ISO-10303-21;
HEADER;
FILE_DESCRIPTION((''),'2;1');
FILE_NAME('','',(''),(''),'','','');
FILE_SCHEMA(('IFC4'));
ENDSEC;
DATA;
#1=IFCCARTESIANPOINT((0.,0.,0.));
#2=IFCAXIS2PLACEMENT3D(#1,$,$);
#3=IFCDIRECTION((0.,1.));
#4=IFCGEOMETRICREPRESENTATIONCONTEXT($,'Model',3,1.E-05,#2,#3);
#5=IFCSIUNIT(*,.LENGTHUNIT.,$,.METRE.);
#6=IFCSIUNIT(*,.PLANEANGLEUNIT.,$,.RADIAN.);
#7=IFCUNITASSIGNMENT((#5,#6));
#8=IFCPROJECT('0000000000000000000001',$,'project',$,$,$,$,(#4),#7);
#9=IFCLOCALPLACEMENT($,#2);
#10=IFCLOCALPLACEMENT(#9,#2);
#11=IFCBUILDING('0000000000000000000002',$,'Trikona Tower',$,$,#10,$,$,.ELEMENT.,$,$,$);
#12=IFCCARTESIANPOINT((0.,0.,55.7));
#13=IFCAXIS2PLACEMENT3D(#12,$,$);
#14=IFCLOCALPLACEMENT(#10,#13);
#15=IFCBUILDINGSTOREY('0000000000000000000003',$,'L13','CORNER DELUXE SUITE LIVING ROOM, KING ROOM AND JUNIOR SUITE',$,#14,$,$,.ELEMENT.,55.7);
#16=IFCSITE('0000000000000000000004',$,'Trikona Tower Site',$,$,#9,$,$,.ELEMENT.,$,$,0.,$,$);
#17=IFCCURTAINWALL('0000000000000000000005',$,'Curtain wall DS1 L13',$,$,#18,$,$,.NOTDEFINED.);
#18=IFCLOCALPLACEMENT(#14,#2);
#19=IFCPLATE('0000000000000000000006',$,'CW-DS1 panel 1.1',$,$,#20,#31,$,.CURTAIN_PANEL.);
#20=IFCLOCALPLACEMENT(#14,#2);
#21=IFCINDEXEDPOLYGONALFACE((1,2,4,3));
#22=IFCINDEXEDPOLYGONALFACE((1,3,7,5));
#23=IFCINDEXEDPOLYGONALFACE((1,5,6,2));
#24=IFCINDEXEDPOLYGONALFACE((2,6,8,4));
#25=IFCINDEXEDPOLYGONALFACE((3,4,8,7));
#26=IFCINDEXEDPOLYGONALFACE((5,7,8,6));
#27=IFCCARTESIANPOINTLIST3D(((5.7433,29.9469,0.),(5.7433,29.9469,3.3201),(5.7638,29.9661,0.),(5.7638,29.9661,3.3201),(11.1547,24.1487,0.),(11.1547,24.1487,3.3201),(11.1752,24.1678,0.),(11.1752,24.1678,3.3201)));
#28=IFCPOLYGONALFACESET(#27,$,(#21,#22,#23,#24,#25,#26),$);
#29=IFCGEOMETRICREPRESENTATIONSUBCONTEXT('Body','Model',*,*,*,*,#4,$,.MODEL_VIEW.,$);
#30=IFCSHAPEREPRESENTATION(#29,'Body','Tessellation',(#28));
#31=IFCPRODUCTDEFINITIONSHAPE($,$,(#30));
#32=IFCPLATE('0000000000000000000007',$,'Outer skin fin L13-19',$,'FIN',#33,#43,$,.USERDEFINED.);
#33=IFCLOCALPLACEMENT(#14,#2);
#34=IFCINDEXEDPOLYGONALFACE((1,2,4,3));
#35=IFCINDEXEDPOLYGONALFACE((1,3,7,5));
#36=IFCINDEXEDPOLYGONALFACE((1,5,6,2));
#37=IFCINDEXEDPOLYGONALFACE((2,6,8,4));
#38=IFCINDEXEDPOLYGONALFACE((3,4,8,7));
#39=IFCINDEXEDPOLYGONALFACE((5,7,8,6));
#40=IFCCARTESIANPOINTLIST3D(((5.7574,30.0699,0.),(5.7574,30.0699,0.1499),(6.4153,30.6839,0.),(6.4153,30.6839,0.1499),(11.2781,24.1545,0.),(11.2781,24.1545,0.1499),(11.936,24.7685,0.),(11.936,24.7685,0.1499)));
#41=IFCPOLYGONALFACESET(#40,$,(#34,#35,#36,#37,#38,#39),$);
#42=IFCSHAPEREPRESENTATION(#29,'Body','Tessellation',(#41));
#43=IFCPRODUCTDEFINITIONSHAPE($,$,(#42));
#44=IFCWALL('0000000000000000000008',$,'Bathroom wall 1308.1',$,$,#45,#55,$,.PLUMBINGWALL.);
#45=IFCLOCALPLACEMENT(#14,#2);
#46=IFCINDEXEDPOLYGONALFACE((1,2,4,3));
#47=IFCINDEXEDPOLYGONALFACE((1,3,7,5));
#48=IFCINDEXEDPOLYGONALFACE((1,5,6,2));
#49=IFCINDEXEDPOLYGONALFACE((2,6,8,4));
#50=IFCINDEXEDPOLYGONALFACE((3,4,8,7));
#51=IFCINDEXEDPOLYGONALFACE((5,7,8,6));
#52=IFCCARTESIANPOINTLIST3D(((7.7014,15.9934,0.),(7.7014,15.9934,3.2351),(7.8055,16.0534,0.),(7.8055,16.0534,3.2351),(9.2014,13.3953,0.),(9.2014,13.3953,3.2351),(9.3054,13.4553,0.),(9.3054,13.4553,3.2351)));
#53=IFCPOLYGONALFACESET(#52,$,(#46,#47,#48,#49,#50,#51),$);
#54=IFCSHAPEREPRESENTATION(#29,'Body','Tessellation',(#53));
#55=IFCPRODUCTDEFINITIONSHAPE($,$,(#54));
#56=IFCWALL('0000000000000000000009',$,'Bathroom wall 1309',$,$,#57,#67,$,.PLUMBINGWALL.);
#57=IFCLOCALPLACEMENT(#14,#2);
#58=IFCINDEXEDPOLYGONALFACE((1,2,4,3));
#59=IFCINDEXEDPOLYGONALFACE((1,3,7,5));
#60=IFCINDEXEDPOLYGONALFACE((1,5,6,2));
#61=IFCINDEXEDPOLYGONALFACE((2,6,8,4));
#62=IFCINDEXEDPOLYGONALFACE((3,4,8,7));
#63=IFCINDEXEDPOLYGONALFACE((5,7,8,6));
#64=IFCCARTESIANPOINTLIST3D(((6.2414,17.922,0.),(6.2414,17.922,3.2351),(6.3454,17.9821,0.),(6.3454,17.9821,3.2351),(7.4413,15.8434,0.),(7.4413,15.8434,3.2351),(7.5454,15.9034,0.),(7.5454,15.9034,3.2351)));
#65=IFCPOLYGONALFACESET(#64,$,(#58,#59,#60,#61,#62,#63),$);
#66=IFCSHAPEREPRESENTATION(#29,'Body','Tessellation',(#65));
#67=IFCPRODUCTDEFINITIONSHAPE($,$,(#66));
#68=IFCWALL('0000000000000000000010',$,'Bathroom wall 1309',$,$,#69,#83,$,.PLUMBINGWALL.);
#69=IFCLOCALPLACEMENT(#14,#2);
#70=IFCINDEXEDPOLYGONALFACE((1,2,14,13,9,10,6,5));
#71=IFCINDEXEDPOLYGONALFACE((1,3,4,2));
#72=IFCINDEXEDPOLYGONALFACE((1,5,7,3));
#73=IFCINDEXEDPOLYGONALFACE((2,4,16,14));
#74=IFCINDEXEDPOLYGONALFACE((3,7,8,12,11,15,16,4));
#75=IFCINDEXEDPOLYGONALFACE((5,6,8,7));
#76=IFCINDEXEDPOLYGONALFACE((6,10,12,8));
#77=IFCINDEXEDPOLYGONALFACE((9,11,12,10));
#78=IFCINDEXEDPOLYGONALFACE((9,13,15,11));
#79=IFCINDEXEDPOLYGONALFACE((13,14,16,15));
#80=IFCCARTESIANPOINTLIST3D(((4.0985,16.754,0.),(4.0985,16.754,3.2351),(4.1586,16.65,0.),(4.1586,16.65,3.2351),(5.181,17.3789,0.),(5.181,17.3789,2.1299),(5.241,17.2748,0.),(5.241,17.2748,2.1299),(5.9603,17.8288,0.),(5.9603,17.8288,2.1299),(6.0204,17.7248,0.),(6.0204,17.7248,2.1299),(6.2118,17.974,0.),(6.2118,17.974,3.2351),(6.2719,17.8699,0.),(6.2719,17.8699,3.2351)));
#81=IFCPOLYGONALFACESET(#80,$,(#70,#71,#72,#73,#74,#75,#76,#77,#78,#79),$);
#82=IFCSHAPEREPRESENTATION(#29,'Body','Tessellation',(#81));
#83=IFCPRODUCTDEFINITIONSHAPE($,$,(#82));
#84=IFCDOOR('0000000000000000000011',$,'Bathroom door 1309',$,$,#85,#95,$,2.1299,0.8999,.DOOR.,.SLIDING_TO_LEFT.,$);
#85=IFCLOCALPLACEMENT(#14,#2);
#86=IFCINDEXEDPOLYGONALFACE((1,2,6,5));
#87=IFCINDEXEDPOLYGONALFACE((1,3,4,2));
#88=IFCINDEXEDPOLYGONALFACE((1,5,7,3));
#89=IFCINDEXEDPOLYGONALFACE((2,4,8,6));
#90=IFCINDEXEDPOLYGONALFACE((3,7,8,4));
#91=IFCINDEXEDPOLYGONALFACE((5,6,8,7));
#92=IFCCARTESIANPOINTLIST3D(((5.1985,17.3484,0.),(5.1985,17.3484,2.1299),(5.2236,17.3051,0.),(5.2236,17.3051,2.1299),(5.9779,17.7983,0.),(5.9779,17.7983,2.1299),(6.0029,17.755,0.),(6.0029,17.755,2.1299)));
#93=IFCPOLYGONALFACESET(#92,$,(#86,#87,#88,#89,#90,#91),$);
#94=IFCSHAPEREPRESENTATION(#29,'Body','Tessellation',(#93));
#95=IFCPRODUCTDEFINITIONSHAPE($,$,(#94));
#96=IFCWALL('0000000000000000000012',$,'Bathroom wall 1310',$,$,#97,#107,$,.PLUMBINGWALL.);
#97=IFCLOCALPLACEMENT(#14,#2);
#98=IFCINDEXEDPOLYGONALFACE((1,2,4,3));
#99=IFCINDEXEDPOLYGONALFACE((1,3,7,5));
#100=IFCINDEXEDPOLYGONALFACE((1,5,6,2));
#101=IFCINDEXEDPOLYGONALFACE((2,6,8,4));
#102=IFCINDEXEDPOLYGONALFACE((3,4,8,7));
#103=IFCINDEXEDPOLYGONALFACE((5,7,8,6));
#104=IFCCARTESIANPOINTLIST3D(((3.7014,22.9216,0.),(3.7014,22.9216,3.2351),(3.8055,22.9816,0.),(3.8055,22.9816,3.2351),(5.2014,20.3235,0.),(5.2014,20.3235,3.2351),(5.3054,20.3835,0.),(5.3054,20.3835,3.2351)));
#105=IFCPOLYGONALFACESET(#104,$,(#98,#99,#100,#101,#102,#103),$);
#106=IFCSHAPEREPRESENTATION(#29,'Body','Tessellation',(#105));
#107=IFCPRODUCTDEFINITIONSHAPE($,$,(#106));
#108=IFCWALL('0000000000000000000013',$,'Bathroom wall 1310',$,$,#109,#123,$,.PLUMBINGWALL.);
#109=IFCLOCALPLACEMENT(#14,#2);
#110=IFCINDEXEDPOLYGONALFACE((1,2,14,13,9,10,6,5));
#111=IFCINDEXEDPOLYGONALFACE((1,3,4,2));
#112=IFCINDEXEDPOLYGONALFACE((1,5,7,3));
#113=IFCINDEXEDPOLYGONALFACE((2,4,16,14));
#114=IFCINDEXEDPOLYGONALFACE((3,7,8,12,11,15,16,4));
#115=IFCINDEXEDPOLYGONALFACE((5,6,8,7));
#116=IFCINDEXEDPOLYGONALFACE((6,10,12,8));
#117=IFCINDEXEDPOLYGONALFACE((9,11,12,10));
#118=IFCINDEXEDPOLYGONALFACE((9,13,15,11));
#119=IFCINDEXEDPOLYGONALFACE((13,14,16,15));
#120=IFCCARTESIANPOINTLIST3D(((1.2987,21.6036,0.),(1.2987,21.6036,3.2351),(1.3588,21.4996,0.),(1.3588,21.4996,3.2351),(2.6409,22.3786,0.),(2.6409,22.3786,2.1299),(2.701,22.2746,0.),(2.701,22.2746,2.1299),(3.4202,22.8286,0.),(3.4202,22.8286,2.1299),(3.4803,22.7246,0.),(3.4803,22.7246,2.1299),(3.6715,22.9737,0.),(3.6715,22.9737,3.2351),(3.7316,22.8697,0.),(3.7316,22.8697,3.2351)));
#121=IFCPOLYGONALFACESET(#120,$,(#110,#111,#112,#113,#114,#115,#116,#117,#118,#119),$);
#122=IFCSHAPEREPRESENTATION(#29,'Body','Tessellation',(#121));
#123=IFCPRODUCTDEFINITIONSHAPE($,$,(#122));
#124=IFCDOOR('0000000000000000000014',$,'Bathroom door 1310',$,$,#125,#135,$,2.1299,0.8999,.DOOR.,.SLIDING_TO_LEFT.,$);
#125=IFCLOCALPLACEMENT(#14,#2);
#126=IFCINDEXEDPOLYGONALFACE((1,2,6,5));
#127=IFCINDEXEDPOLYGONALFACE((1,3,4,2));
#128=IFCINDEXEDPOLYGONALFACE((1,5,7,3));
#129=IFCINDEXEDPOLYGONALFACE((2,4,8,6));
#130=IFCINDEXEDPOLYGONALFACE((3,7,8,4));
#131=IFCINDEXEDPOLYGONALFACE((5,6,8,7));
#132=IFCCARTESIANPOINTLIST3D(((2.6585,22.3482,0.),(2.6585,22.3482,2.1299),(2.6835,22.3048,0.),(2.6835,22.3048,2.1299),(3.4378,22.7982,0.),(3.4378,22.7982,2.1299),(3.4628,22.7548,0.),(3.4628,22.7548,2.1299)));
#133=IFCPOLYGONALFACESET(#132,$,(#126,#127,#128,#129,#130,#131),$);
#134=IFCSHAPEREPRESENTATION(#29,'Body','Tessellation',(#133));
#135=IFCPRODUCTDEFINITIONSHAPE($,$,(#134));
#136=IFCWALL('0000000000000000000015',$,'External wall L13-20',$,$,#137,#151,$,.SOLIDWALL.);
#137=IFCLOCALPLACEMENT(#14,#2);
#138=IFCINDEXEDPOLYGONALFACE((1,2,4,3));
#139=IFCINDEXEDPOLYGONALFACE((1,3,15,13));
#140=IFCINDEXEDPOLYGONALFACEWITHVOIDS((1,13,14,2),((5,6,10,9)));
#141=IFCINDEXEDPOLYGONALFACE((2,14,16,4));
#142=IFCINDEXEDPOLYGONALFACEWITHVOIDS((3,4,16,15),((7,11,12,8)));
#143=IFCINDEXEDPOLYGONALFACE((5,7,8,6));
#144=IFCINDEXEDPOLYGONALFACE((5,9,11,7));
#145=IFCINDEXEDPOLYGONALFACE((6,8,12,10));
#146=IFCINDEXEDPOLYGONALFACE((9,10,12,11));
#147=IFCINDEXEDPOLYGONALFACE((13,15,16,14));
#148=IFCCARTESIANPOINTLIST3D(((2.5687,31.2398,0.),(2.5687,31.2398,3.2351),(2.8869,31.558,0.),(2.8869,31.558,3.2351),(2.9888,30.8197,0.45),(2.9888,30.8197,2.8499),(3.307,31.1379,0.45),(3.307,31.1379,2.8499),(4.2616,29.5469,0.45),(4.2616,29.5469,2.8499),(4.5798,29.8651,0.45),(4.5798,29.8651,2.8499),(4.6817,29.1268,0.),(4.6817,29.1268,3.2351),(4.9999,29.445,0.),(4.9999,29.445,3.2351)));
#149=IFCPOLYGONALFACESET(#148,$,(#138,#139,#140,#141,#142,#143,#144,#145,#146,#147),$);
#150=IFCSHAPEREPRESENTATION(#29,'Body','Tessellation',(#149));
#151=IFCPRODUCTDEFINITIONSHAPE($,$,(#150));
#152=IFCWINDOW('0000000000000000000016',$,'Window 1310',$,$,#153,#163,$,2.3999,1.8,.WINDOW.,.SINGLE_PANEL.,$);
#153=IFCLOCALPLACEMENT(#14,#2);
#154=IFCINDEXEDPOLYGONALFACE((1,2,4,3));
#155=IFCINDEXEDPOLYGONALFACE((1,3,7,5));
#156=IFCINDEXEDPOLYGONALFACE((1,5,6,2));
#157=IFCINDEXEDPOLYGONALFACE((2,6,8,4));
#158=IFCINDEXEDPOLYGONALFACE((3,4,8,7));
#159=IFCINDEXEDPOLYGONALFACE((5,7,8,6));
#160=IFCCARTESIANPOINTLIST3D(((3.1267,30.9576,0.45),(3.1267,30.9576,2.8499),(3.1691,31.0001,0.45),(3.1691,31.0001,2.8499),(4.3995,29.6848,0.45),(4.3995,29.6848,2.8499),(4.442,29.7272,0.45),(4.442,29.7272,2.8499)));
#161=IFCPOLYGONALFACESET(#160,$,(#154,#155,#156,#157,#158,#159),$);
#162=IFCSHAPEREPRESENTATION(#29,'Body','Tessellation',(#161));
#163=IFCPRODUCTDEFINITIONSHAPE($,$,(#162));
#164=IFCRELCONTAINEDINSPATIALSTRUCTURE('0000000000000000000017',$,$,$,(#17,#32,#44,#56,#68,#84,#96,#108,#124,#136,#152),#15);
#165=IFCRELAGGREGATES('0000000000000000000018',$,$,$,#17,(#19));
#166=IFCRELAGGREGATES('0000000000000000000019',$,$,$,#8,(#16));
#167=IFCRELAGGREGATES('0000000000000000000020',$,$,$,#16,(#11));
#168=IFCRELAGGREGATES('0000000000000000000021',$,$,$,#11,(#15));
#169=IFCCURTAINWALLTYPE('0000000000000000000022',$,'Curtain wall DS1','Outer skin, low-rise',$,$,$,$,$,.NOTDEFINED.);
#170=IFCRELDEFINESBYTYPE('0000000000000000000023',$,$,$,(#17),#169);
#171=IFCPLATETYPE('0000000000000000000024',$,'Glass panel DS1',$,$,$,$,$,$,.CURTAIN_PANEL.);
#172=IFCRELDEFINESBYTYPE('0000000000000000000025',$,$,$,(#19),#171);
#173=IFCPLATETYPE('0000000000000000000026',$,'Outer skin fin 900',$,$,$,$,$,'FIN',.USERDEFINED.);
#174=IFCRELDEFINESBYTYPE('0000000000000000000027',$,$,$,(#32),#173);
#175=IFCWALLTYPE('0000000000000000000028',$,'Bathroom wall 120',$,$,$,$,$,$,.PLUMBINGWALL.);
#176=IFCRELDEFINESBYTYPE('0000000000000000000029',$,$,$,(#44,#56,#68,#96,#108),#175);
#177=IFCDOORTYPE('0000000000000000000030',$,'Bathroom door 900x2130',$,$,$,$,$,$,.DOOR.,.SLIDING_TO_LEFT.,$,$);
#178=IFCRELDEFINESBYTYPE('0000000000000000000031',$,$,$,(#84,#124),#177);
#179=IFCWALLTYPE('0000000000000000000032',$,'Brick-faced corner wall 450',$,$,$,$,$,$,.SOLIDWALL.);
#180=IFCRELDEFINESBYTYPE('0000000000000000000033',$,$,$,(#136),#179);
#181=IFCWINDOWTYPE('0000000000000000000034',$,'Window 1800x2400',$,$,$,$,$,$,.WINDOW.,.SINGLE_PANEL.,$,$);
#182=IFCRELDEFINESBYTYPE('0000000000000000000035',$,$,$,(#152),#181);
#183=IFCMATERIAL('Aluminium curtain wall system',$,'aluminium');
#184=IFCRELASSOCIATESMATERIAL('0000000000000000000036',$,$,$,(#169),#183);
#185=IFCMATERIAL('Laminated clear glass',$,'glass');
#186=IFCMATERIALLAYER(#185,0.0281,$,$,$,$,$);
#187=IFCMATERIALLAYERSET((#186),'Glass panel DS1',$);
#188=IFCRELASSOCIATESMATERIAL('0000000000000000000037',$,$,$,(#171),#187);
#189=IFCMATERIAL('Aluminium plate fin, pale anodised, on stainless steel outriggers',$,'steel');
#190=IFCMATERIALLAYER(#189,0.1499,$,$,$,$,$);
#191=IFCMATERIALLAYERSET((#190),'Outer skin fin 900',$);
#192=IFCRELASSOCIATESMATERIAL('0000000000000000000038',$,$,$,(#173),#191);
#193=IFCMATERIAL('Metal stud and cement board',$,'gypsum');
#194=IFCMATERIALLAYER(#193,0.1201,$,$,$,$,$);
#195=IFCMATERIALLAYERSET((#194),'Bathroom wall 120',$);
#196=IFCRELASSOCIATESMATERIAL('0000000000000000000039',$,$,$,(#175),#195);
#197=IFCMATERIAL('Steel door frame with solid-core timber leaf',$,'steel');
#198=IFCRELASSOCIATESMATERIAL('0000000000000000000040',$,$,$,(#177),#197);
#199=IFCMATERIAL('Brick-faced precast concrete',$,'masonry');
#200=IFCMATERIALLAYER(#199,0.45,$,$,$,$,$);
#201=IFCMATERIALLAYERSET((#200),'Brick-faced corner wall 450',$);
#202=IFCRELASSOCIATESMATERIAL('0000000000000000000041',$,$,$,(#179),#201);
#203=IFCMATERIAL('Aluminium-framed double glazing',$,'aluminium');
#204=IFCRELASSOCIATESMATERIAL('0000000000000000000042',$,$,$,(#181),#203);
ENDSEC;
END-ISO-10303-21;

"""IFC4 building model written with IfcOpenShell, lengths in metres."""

from ifc_helpers import new_model, si_unit, direction, frame, frame_2d, origin, origin_2d, place, context, subcontext, project, spatial, rectangle, extrude, material, layer, layer_set, type_object, element, fill, aggregate, save


model = new_model("IFC4")

# Units and contexts
model_context = context("Model", 3, precision=1e-05, world=origin(), true_north=direction((0.0, 1.0)))
body_context = subcontext(model_context, "Body", "Model", "MODEL_VIEW")
ifc_project = project(units=[si_unit("LENGTHUNIT", "METRE"), si_unit("PLANEANGLEUNIT", "RADIAN")], contexts=[model_context])

# Site, building, storey
site_placement = place(None, origin())
site = spatial("IfcSite", under=ifc_project, at=site_placement, Name="Trikona Tower Site", CompositionType="ELEMENT", RefElevation=0.0)
building_placement = place(site_placement, origin())
building = spatial("IfcBuilding", under=site, at=building_placement, Name="Trikona Tower", CompositionType="ELEMENT")
storey_placement = place(building_placement, frame((0.0, 0.0, 55.7)))
storey = spatial("IfcBuildingStorey", under=building, at=storey_placement, Name="L13", Description="CORNER DELUXE SUITE LIVING ROOM, KING ROOM AND JUNIOR SUITE", CompositionType="ELEMENT", Elevation=55.7)

# Curtain wall
ifc_material_1 = material(Name="Aluminium curtain wall system", Category="aluminium")
curtain_wall_type = type_object("IfcCurtainWallType", Name="Curtain wall DS1", Description="Outer skin, low-rise", PredefinedType="NOTDEFINED", material=ifc_material_1)
curtain_wall_placement = place(storey_placement, origin())
curtain_wall = element("IfcCurtainWall", 1, at=curtain_wall_placement, inside=storey, type_object=curtain_wall_type, Name="Curtain wall DS1 L13", PredefinedType="NOTDEFINED")

# Plates
ifc_material_2 = material(Name="Laminated clear glass", Category="glass")
ifc_layer_1 = layer(ifc_material_2, 0.0281)
ifc_layer_set_1 = layer_set([ifc_layer_1], Name="Glass panel DS1")
plate_type_1 = type_object("IfcPlateType", Name="Glass panel DS1", PredefinedType="CURTAIN_PANEL", material=ifc_layer_set_1)
plate_1_placement = place(storey_placement, frame((8.4592, 27.0574, 0.0), z_axis=(0.0, 0.0, 1.0), x_axis=(-0.682295, 0.731077, 0.0)))
plate_1 = element("IfcPlate", 2, at=plate_1_placement, type_object=plate_type_1, Name="CW-DS1 panel 1.1", PredefinedType="CURTAIN_PANEL", context=body_context, shape_type="SweptSolid", body=[
    extrude(rectangle(XDim=7.9312, YDim=0.0281, at=origin_2d()), origin(), (0.0, 0.0, 1.0), 3.3201),
])
aggregate(curtain_wall, [plate_1])
ifc_material_3 = material(Name="Aluminium plate fin, pale anodised, on stainless steel outriggers", Category="steel")
ifc_layer_2 = layer(ifc_material_3, 0.1499)
ifc_layer_set_2 = layer_set([ifc_layer_2], Name="Outer skin fin 900")
plate_type_2 = type_object("IfcPlateType", Name="Outer skin fin 900", ElementType="FIN", PredefinedType="USERDEFINED", material=ifc_layer_set_2)
plate_2_placement = place(storey_placement, frame((8.8467, 27.4192, 0.0), z_axis=(0.0, 0.0, 1.0), x_axis=(-0.682298, 0.731074, 0.0)))
element("IfcPlate", 3, at=plate_2_placement, inside=storey, type_object=plate_type_2, Name="Outer skin fin L13-19", ObjectType="FIN", PredefinedType="USERDEFINED", context=body_context, shape_type="SweptSolid", body=[
    extrude(rectangle(XDim=8.0913, YDim=0.8999, at=origin_2d()), origin(), (0.0, 0.0, 1.0), 0.1499),
])

# Walls
ifc_material_4 = material(Name="Metal stud and cement board", Category="gypsum")
ifc_layer_3 = layer(ifc_material_4, 0.1201)
ifc_layer_set_3 = layer_set([ifc_layer_3], Name="Bathroom wall 120")
wall_type_1 = type_object("IfcWallType", Name="Bathroom wall 120", PredefinedType="PLUMBINGWALL", material=ifc_layer_set_3)
wall_1_placement = place(storey_placement, frame((9.2534, 13.4253, 0.0), z_axis=(0.0, 0.0, 1.0), x_axis=(-0.49999, 0.866031, 0.0)))
element("IfcWall", 4, at=wall_1_placement, inside=storey, type_object=wall_type_1, Name="Bathroom wall 1308.1", PredefinedType="PLUMBINGWALL", context=body_context, shape_type="SweptSolid", body=[
    extrude(rectangle(XDim=3.0, YDim=0.1201, at=frame_2d((1.5, 0.0))), origin(), (0.0, 0.0, 1.0), 3.2351),
])
wall_2_placement = place(storey_placement, frame((7.4934, 15.8733, 0.0), z_axis=(0.0, 0.0, 1.0), x_axis=(-0.499957, 0.86605, 0.0)))
element("IfcWall", 5, at=wall_2_placement, inside=storey, type_object=wall_type_1, Name="Bathroom wall 1309", PredefinedType="PLUMBINGWALL", context=body_context, shape_type="SweptSolid", body=[
    extrude(rectangle(XDim=2.4001, YDim=0.1201, at=frame_2d((1.2002, 0.0))), origin(), (0.0, 0.0, 1.0), 3.2351),
])

# Wall, opening, door
wall_3_placement = place(storey_placement, frame((4.1284, 16.7019, 0.0), z_axis=(0.0, 0.0, 1.0), x_axis=(0.866049, 0.499959, 0.0)))
wall_3 = element("IfcWall", 6, at=wall_3_placement, inside=storey, type_object=wall_type_1, Name="Bathroom wall 1309", PredefinedType="PLUMBINGWALL", context=body_context, shape_type="SweptSolid", body=[
    extrude(rectangle(XDim=2.4402, YDim=0.1201, at=frame_2d((1.2202, 0.0))), origin(), (0.0, 0.0, 1.0), 3.2351),
])
opening_1_placement = place(wall_3_placement, frame((1.25, 0.0, 0.0)))
opening_1 = element("IfcOpeningElement", 7, at=opening_1_placement, cuts=wall_3, PredefinedType="OPENING", context=body_context, shape_type="SweptSolid", body=[
    extrude(rectangle(XDim=0.8999, YDim=2.1299, at=frame_2d((0.45, 1.0649))), frame((0.0, 0.0701, 0.0), z_axis=(0.0, -1.0, 0.0), x_axis=(1.0, 0.0, 0.0)), (0.0, 0.0, 1.0), 0.1401),
])
ifc_material_5 = material(Name="Steel door frame with solid-core timber leaf", Category="steel")
door_type = type_object("IfcDoorType", Name="Bathroom door 900x2130", OperationType="SLIDING_TO_LEFT", PredefinedType="DOOR", material=ifc_material_5)
door_1_placement = place(opening_1_placement, origin())
door_1 = element("IfcDoor", 8, at=door_1_placement, inside=storey, type_object=door_type, Name="Bathroom door 1309", OperationType="SLIDING_TO_LEFT", OverallHeight=2.1299, OverallWidth=0.8999, PredefinedType="DOOR", context=body_context, shape_type="SweptSolid", body=[
    extrude(rectangle(XDim=0.8999, YDim=2.1299, at=frame_2d((0.45, 1.0649))), frame((0.0, 0.0249, 0.0), z_axis=(0.0, -1.0, 0.0), x_axis=(1.0, 0.0, 0.0)), (0.0, 0.0, 1.0), 0.05),
])
fill(opening_1, door_1)

# Wall
wall_4_placement = place(storey_placement, frame((5.2534, 20.3535, 0.0), z_axis=(0.0, 0.0, 1.0), x_axis=(-0.49999, 0.866031, 0.0)))
element("IfcWall", 9, at=wall_4_placement, inside=storey, type_object=wall_type_1, Name="Bathroom wall 1310", PredefinedType="PLUMBINGWALL", context=body_context, shape_type="SweptSolid", body=[
    extrude(rectangle(XDim=3.0, YDim=0.1201, at=frame_2d((1.5, 0.0))), origin(), (0.0, 0.0, 1.0), 3.2351),
])

# Wall, opening, door
wall_5_placement = place(storey_placement, frame((1.3286, 21.5515, 0.0), z_axis=(0.0, 0.0, 1.0), x_axis=(0.865997, 0.500049, 0.0)))
wall_5 = element("IfcWall", 10, at=wall_5_placement, inside=storey, type_object=wall_type_1, Name="Bathroom wall 1310", PredefinedType="PLUMBINGWALL", context=body_context, shape_type="SweptSolid", body=[
    extrude(rectangle(XDim=2.74, YDim=0.1201, at=frame_2d((1.3701, 0.0))), origin(), (0.0, 0.0, 1.0), 3.2351),
])
opening_2_placement = place(wall_5_placement, frame((1.55, 0.0, 0.0)))
opening_2 = element("IfcOpeningElement", 11, at=opening_2_placement, cuts=wall_5, PredefinedType="OPENING", context=body_context, shape_type="SweptSolid", body=[
    extrude(rectangle(XDim=0.8999, YDim=2.1299, at=frame_2d((0.45, 1.0649))), frame((0.0, 0.0701, 0.0), z_axis=(0.0, -1.0, 0.0), x_axis=(1.0, 0.0, 0.0)), (0.0, 0.0, 1.0), 0.1401),
])
door_2_placement = place(opening_2_placement, origin())
door_2 = element("IfcDoor", 12, at=door_2_placement, inside=storey, type_object=door_type, Name="Bathroom door 1310", OperationType="SLIDING_TO_LEFT", OverallHeight=2.1299, OverallWidth=0.8999, PredefinedType="DOOR", context=body_context, shape_type="SweptSolid", body=[
    extrude(rectangle(XDim=0.8999, YDim=2.1299, at=frame_2d((0.45, 1.0649))), frame((0.0, 0.0249, 0.0), z_axis=(0.0, -1.0, 0.0), x_axis=(1.0, 0.0, 0.0)), (0.0, 0.0, 1.0), 0.05),
])
fill(opening_2, door_2)

# Wall, opening, window
ifc_material_6 = material(Name="Brick-faced precast concrete", Category="masonry")
ifc_layer_4 = layer(ifc_material_6, 0.45)
ifc_layer_set_4 = layer_set([ifc_layer_4], Name="Brick-faced corner wall 450")
wall_type_2 = type_object("IfcWallType", Name="Brick-faced corner wall 450", PredefinedType="SOLIDWALL", material=ifc_layer_set_4)
wall_6_placement = place(storey_placement, frame((4.8408, 29.2859, 0.0), z_axis=(0.0, 0.0, 1.0), x_axis=(-0.707107, 0.707107, 0.0)))
wall_6 = element("IfcWall", 13, at=wall_6_placement, inside=storey, type_object=wall_type_2, Name="External wall L13-20", PredefinedType="SOLIDWALL", context=body_context, shape_type="SweptSolid", body=[
    extrude(rectangle(XDim=2.9883, YDim=0.45, at=frame_2d((1.4941, 0.0))), origin(), (0.0, 0.0, 1.0), 3.2351),
])
opening_3_placement = place(wall_6_placement, frame((0.5942, 0.0, 0.45)))
opening_3 = element("IfcOpeningElement", 14, at=opening_3_placement, cuts=wall_6, PredefinedType="OPENING", context=body_context, shape_type="SweptSolid", body=[
    extrude(rectangle(XDim=1.8, YDim=2.3999, at=frame_2d((0.8999, 1.2))), frame((0.0, 0.2349, 0.0), z_axis=(0.0, -1.0, 0.0), x_axis=(1.0, 0.0, 0.0)), (0.0, 0.0, 1.0), 0.47),
])
ifc_material_7 = material(Name="Aluminium-framed double glazing", Category="aluminium")
window_type_1 = type_object("IfcWindowType", Name="Window 1800x2400", PartitioningType="SINGLE_PANEL", PredefinedType="WINDOW", material=ifc_material_7)
window_1_placement = place(opening_3_placement, origin())
window_1 = element("IfcWindow", 15, at=window_1_placement, inside=storey, type_object=window_type_1, Name="Window 1310", OverallHeight=2.3999, OverallWidth=1.8, PartitioningType="SINGLE_PANEL", PredefinedType="WINDOW", context=body_context, shape_type="SweptSolid", body=[
    extrude(rectangle(XDim=1.8, YDim=2.3999, at=frame_2d((0.8999, 1.2))), frame((0.0, 0.03, 0.0), z_axis=(0.0, -1.0, 0.0), x_axis=(1.0, 0.0, 0.0)), (0.0, 0.0, 1.0), 0.0601),
])
fill(opening_3, window_1)

save(model, "model.ifc")
